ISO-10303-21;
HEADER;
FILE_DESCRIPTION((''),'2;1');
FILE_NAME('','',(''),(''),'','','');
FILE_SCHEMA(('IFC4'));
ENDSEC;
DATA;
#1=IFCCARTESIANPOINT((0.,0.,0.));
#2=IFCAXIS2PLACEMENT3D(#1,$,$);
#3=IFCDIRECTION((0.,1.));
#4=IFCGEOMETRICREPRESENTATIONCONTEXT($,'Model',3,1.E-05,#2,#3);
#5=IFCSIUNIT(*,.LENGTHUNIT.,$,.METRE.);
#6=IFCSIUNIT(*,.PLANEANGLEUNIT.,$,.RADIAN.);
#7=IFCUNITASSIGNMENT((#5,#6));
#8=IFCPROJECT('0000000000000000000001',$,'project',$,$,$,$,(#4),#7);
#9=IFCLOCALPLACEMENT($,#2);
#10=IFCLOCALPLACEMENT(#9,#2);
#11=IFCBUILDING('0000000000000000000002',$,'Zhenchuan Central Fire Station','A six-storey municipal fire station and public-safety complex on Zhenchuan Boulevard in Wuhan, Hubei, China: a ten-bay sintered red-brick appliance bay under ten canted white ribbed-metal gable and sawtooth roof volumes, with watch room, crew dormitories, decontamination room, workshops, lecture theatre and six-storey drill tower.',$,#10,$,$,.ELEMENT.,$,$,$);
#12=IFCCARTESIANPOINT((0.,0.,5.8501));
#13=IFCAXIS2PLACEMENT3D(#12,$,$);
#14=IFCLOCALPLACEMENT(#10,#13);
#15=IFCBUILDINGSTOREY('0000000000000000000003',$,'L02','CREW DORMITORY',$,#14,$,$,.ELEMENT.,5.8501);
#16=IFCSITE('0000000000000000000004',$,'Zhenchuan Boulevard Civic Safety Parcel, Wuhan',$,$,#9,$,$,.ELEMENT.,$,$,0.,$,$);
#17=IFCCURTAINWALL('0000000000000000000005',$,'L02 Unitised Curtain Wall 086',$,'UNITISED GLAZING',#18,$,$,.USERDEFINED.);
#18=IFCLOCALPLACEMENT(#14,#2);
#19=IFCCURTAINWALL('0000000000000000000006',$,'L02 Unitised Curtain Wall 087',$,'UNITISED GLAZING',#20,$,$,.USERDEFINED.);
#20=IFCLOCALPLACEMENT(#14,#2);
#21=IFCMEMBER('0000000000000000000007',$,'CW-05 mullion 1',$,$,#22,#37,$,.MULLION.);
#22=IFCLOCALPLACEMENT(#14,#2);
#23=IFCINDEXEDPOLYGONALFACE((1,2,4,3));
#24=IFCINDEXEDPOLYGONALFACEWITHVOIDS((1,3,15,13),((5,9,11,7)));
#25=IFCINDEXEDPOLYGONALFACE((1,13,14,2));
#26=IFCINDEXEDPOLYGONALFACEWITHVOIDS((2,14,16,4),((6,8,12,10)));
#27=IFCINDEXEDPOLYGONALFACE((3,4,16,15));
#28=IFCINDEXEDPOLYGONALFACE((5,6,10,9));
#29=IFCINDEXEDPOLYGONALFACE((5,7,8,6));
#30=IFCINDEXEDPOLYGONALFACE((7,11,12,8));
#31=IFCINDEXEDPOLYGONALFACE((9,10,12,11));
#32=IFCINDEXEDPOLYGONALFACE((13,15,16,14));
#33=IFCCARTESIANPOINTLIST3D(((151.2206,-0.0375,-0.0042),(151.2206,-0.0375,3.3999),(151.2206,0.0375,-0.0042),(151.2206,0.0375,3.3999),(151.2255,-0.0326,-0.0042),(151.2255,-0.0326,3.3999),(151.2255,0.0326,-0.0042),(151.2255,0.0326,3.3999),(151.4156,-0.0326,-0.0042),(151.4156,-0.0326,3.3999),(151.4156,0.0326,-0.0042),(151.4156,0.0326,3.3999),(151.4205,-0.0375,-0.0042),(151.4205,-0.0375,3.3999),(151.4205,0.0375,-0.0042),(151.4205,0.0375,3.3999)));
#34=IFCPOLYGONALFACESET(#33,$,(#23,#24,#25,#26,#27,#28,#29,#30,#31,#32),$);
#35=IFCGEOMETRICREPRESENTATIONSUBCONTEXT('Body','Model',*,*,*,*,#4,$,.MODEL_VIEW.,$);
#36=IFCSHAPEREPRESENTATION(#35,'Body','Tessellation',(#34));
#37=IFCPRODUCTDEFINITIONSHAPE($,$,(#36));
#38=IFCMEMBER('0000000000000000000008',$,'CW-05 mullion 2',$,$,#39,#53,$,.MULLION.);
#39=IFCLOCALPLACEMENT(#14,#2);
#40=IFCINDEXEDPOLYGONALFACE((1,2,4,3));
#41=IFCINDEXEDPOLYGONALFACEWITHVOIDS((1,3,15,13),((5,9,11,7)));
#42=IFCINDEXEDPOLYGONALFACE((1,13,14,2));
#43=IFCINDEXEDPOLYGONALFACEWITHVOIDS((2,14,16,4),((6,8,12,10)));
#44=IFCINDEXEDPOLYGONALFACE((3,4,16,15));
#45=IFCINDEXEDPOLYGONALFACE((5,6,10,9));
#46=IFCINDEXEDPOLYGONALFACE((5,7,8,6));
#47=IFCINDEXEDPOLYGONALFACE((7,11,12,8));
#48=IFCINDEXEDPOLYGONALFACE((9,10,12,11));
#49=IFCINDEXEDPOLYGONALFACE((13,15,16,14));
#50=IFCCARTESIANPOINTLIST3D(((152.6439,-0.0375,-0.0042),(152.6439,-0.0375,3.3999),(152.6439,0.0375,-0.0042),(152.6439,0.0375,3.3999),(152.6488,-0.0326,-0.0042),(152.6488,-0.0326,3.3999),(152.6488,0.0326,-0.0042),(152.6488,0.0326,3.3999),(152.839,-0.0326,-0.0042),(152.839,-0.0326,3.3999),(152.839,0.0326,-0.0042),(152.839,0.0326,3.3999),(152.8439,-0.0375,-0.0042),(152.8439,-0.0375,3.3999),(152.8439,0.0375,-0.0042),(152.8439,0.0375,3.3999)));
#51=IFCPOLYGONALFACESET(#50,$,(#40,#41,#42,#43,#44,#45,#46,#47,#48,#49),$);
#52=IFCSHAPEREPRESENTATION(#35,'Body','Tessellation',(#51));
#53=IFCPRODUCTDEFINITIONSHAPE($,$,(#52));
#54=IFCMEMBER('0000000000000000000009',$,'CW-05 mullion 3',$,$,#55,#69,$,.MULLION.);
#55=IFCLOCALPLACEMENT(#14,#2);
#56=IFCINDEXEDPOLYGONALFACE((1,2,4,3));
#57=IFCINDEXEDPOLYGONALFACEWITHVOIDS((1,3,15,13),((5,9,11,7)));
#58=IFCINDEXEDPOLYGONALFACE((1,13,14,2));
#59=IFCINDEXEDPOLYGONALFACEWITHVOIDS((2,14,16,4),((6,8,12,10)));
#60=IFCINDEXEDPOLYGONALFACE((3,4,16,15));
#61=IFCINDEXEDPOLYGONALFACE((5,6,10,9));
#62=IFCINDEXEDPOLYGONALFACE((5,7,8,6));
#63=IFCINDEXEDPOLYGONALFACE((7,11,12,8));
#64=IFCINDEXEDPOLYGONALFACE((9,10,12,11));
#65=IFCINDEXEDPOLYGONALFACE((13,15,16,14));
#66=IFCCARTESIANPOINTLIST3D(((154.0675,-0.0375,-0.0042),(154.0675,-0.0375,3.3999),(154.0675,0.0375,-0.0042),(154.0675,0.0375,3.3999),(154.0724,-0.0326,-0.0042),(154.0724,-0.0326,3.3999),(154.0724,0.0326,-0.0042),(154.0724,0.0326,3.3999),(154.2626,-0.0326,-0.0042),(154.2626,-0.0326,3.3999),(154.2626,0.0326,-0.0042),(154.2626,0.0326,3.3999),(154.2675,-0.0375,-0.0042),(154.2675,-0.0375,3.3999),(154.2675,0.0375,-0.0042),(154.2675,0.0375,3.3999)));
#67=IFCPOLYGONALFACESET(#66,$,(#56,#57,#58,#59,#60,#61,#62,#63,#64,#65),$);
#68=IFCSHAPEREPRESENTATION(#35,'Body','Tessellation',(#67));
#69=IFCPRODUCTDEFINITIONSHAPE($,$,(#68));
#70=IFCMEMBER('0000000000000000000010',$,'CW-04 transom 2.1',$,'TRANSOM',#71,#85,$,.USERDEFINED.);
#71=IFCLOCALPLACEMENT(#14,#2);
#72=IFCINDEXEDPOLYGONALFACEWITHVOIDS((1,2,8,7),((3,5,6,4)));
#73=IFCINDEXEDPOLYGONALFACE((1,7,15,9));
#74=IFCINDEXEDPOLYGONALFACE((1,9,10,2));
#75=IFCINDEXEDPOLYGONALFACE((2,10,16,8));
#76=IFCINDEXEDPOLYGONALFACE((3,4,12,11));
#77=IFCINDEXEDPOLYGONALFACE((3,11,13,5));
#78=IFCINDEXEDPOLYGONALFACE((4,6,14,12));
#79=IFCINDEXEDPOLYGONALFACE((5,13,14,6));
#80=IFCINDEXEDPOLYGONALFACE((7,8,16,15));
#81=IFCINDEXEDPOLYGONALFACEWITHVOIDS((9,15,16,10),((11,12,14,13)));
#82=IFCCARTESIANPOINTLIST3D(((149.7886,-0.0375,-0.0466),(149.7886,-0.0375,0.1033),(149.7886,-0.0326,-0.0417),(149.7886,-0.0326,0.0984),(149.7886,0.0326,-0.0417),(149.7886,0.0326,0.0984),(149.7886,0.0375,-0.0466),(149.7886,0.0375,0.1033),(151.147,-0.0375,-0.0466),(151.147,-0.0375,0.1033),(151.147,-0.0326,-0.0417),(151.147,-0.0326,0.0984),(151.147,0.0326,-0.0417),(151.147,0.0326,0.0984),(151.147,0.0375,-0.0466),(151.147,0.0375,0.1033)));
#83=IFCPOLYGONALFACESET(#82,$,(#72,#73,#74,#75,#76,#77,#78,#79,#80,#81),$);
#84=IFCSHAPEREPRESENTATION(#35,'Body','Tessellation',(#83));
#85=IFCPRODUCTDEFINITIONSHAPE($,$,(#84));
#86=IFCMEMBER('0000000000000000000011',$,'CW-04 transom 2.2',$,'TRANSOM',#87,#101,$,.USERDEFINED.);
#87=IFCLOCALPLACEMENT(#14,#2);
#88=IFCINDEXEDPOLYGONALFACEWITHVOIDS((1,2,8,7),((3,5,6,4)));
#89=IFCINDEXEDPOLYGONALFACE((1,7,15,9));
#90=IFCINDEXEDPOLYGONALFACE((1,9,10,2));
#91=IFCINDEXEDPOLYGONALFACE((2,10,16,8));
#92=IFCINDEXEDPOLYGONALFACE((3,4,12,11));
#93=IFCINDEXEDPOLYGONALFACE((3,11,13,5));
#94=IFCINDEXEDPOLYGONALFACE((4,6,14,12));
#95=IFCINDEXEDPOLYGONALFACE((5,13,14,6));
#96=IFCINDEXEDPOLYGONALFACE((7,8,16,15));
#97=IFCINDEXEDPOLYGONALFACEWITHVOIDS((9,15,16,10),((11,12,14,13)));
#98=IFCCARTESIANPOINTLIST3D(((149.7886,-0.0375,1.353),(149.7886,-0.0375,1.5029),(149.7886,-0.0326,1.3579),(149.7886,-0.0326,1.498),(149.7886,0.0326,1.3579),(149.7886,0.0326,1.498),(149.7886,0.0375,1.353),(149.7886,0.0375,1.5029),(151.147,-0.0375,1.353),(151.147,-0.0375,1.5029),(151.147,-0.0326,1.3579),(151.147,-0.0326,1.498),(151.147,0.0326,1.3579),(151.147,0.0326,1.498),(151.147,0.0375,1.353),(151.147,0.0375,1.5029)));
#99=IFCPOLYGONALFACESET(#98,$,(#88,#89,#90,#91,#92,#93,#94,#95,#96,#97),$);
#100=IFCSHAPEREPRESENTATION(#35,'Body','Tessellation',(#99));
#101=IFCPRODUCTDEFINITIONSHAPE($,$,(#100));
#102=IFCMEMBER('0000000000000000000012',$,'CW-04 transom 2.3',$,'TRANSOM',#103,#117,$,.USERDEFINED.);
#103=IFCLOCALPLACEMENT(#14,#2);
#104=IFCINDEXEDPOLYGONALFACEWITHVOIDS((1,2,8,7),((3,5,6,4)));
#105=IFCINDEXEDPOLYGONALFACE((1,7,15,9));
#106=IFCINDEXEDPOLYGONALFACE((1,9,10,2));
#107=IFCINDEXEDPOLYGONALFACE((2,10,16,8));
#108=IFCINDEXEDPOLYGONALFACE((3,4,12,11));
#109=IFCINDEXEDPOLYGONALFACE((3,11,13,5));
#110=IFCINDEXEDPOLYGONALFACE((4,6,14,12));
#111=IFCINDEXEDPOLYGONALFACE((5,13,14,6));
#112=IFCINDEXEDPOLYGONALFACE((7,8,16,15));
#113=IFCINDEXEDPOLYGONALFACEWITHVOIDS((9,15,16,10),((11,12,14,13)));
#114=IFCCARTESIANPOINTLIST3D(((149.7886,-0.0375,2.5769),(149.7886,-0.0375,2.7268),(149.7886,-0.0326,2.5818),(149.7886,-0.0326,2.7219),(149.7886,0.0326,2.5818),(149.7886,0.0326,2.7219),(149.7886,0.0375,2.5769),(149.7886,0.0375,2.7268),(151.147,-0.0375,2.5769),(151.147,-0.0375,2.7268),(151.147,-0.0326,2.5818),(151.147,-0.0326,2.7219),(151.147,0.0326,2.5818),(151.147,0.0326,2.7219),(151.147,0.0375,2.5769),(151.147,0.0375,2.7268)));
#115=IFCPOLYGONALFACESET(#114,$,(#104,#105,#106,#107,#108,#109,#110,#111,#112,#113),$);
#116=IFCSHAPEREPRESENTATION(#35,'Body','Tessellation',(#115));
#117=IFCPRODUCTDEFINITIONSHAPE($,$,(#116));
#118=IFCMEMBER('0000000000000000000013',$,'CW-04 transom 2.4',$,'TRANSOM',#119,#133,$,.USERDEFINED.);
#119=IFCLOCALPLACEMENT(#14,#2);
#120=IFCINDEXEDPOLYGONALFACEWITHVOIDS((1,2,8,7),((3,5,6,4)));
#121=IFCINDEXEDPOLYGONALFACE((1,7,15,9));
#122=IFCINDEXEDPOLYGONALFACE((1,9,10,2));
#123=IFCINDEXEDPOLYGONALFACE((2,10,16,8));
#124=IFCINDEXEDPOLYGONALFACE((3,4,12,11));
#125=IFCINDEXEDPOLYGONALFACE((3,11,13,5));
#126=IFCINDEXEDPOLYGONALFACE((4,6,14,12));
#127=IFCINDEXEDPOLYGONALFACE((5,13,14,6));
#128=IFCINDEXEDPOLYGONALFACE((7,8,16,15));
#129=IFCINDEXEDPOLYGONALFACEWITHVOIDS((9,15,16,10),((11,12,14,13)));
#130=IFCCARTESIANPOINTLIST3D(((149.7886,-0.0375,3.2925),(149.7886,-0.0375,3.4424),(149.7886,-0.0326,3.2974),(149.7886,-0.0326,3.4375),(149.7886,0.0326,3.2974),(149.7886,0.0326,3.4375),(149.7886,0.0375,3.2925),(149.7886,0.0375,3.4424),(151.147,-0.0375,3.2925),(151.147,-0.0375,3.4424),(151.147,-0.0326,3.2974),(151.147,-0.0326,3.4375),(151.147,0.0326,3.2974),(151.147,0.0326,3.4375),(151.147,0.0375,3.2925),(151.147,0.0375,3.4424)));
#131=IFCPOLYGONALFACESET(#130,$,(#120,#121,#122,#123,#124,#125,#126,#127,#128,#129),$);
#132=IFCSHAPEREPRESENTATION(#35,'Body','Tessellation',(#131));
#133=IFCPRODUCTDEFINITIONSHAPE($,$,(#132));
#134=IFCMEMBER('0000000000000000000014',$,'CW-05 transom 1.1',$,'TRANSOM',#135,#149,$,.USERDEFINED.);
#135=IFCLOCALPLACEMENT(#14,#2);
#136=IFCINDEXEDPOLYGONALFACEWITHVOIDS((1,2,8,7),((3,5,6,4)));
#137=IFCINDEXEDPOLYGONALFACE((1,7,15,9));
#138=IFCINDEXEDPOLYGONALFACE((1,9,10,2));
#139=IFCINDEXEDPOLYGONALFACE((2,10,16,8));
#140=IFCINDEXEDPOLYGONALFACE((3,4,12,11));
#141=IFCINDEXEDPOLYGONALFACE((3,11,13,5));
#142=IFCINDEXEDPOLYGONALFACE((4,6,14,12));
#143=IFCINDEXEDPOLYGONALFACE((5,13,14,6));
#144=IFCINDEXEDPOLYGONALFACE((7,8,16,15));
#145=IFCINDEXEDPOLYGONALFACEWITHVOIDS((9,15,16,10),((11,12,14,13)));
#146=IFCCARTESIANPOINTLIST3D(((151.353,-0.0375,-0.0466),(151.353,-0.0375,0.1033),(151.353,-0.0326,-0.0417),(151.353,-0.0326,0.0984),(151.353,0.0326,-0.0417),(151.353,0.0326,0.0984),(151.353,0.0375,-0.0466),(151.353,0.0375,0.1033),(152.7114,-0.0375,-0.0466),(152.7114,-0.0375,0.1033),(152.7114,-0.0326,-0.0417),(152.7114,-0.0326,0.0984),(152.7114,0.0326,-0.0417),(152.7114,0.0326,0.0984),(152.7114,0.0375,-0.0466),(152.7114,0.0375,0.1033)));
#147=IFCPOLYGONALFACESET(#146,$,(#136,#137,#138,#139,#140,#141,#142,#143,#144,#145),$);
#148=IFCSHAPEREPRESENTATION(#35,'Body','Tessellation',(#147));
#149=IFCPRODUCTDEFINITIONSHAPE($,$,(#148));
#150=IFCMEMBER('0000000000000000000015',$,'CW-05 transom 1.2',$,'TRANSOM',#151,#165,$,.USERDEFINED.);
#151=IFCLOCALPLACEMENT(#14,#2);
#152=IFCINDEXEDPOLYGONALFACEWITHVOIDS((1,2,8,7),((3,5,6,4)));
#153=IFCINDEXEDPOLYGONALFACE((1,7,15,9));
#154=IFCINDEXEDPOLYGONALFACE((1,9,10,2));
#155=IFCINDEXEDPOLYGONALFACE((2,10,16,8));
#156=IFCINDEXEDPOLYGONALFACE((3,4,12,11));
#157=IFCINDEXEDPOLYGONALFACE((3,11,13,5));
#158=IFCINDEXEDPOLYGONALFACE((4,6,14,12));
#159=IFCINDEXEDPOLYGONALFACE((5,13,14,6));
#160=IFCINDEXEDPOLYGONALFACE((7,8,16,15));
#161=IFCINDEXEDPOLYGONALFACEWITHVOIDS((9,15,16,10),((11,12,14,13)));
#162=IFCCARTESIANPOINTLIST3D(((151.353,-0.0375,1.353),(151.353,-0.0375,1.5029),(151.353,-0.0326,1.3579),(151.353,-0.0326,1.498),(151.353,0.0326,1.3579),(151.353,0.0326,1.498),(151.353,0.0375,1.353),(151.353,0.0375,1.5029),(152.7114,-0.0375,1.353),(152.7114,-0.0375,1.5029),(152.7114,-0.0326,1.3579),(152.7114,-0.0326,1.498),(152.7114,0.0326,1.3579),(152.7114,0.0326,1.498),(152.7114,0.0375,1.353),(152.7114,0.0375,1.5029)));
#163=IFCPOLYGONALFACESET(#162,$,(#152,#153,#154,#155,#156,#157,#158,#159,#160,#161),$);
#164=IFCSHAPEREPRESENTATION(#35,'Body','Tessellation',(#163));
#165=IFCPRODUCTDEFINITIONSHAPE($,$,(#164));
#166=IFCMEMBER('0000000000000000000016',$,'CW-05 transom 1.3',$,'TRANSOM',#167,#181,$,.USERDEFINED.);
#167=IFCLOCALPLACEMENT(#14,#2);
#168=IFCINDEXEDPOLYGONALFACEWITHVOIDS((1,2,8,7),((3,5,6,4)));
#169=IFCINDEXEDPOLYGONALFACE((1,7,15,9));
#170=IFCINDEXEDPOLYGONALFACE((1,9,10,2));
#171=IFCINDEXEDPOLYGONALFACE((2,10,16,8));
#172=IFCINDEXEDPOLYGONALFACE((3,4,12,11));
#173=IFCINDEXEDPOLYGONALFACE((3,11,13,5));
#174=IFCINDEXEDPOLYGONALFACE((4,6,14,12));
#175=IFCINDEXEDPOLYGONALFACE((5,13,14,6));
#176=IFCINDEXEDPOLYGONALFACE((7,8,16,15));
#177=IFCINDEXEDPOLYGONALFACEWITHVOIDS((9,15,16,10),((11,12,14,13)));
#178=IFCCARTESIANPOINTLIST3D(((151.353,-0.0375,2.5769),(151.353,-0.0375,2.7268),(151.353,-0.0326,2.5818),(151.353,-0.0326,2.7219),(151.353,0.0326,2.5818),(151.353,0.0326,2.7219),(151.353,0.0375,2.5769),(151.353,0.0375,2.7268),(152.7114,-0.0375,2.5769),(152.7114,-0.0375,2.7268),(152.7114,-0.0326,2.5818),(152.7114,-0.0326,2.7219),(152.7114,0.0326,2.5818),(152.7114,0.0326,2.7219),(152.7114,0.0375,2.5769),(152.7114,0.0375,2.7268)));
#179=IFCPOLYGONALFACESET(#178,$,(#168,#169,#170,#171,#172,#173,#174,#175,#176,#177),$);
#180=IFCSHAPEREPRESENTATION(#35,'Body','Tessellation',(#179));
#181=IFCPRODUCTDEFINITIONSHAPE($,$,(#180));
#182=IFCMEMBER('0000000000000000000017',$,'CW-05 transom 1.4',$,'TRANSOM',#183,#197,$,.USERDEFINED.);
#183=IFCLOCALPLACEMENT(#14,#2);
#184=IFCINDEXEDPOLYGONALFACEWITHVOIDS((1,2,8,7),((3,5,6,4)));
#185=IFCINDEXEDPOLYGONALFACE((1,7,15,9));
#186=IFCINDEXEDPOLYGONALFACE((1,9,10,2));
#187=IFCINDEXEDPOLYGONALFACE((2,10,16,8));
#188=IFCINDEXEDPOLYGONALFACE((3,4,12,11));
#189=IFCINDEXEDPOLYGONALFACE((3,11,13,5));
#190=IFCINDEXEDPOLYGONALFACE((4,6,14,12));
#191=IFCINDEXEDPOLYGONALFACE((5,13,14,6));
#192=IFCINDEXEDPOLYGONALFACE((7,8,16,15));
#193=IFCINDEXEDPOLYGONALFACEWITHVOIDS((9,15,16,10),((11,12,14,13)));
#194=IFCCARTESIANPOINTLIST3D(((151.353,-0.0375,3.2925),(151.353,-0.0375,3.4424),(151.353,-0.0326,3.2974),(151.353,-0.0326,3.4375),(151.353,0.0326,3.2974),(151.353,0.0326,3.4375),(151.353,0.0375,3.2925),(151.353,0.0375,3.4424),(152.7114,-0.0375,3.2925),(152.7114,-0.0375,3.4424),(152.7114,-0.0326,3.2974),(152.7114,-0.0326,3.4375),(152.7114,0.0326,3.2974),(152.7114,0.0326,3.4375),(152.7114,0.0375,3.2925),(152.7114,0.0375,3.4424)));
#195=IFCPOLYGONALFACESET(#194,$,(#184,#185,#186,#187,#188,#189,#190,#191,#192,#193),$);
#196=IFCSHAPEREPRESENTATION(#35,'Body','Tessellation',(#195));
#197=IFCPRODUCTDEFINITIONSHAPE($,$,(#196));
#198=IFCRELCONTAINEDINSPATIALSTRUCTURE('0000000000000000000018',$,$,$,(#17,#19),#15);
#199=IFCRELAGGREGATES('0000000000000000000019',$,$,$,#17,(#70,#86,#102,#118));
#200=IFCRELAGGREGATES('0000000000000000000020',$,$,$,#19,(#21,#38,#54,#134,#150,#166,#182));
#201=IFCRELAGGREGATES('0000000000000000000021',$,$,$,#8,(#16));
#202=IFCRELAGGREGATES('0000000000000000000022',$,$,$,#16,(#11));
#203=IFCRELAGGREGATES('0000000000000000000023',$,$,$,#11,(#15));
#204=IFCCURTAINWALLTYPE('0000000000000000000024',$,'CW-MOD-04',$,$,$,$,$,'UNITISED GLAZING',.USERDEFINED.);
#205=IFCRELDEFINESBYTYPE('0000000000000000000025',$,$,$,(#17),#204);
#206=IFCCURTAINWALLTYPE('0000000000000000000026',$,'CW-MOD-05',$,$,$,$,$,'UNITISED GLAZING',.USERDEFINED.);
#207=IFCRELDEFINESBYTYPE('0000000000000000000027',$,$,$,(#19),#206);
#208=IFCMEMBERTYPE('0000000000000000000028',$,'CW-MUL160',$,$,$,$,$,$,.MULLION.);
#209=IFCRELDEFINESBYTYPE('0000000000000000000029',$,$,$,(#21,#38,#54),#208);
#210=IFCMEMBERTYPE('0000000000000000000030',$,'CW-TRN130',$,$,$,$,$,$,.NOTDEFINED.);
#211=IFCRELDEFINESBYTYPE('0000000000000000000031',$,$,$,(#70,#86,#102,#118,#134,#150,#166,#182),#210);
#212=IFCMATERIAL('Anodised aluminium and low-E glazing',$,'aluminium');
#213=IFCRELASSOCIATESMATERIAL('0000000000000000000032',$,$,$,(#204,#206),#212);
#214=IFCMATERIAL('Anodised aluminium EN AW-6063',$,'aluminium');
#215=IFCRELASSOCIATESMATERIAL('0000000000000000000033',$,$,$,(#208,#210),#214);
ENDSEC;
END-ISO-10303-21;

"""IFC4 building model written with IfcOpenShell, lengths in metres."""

from ifc_helpers import new_model, si_unit, direction, frame, origin, origin_2d, place, context, subcontext, project, spatial, hollow_rectangle, extrude, material, material_profile, profile_set, type_object, element, aggregate, save


model = new_model("IFC4")

# Units and contexts
model_context = context("Model", 3, precision=1e-05, world=origin(), true_north=direction((0.0, 1.0)))
body_context = subcontext(model_context, "Body", "Model", "MODEL_VIEW")
ifc_project = project(units=[si_unit("LENGTHUNIT", "METRE"), si_unit("PLANEANGLEUNIT", "RADIAN")], contexts=[model_context])

# Site, building, storey
site_placement = place(None, origin())
site = spatial("IfcSite", under=ifc_project, at=site_placement, Name="Zhenchuan Boulevard Civic Safety Parcel, Wuhan", CompositionType="ELEMENT", RefElevation=0.0)
building_placement = place(site_placement, origin())
building = spatial("IfcBuilding", under=site, at=building_placement, Name="Zhenchuan Central Fire Station", Description="A six-storey municipal fire station and public-safety complex on Zhenchuan Boulevard in Wuhan, Hubei, China: a ten-bay sintered red-brick appliance bay under ten canted white ribbed-metal gable and sawtooth roof volumes, with watch room, crew dormitories, decontamination room, workshops, lecture theatre and six-storey drill tower.", CompositionType="ELEMENT")
storey_placement = place(building_placement, frame((0.0, 0.0, 5.8501)))
storey = spatial("IfcBuildingStorey", under=building, at=storey_placement, Name="L02", Description="CREW DORMITORY", CompositionType="ELEMENT", Elevation=5.8501)

# Curtain walls, members
ifc_material_1 = material(Name="Anodised aluminium and low-E glazing", Category="aluminium")
curtain_wall_type_1 = type_object("IfcCurtainWallType", Name="CW-MOD-04", ElementType="UNITISED GLAZING", PredefinedType="USERDEFINED", material=ifc_material_1)
curtain_wall_1_placement = place(storey_placement, origin())
curtain_wall_1 = element("IfcCurtainWall", 1, at=curtain_wall_1_placement, inside=storey, type_object=curtain_wall_type_1, Name="L02 Unitised Curtain Wall 086", ObjectType="UNITISED GLAZING", PredefinedType="USERDEFINED")
ifc_material_2 = material(Name="Anodised aluminium EN AW-6063", Category="aluminium")
ifc_material_profile_1 = material_profile(ifc_material_2, hollow_rectangle(XDim=0.075, YDim=0.2, WallThickness=0.0049, at=origin_2d()), Name="ALU-M 200x75")
ifc_profile_set_1 = profile_set([ifc_material_profile_1], Name="Anodised aluminium EN AW-6063")
member_type_1 = type_object("IfcMemberType", Name="CW-MUL160", PredefinedType="MULLION", material=ifc_profile_set_1)
curtain_wall_type_2 = type_object("IfcCurtainWallType", Name="CW-MOD-05", ElementType="UNITISED GLAZING", PredefinedType="USERDEFINED", material=ifc_material_1)
curtain_wall_2_placement = place(storey_placement, origin())
curtain_wall_2 = element("IfcCurtainWall", 2, at=curtain_wall_2_placement, inside=storey, type_object=curtain_wall_type_2, Name="L02 Unitised Curtain Wall 087", ObjectType="UNITISED GLAZING", PredefinedType="USERDEFINED")
member_1_placement = place(storey_placement, frame((151.3206, 0.0, -0.0042), z_axis=(0.0, 0.0, 1.0), x_axis=(0.0, 1.0, 0.0)))
member_1 = element("IfcMember", 3, at=member_1_placement, type_object=member_type_1, Name="CW-05 mullion 1", PredefinedType="MULLION", context=body_context, shape_type="SweptSolid", body=[
    extrude(hollow_rectangle(XDim=0.075, YDim=0.2, WallThickness=0.0049, at=origin_2d()), origin(), (0.0, 0.0, 1.0), 3.4041),
])
member_2_placement = place(storey_placement, frame((152.7439, 0.0, -0.0042), z_axis=(0.0, 0.0, 1.0), x_axis=(0.0, 1.0, 0.0)))
member_2 = element("IfcMember", 4, at=member_2_placement, type_object=member_type_1, Name="CW-05 mullion 2", PredefinedType="MULLION", context=body_context, shape_type="SweptSolid", body=[
    extrude(hollow_rectangle(XDim=0.075, YDim=0.2, WallThickness=0.0049, at=origin_2d()), origin(), (0.0, 0.0, 1.0), 3.4041),
])
member_3_placement = place(storey_placement, frame((154.1675, 0.0, -0.0042), z_axis=(0.0, 0.0, 1.0), x_axis=(0.0, 1.0, 0.0)))
member_3 = element("IfcMember", 5, at=member_3_placement, type_object=member_type_1, Name="CW-05 mullion 3", PredefinedType="MULLION", context=body_context, shape_type="SweptSolid", body=[
    extrude(hollow_rectangle(XDim=0.075, YDim=0.2, WallThickness=0.0049, at=origin_2d()), origin(), (0.0, 0.0, 1.0), 3.4041),
])

# Members
ifc_material_profile_2 = material_profile(ifc_material_2, hollow_rectangle(XDim=0.075, YDim=0.1499, WallThickness=0.0049, at=origin_2d()), Name="ALU-T 150x75")
ifc_profile_set_2 = profile_set([ifc_material_profile_2], Name="Anodised aluminium EN AW-6063")
member_type_2 = type_object("IfcMemberType", Name="CW-TRN130", PredefinedType="NOTDEFINED", material=ifc_profile_set_2)
member_4_placement = place(storey_placement, frame((149.7886, 0.0, 0.0283), z_axis=(1.0, 0.0, 0.0), x_axis=(0.0, 1.0, 0.0)))
member_4 = element("IfcMember", 6, at=member_4_placement, type_object=member_type_2, Name="CW-04 transom 2.1", ObjectType="TRANSOM", PredefinedType="USERDEFINED", context=body_context, shape_type="SweptSolid", body=[
    extrude(hollow_rectangle(XDim=0.075, YDim=0.1499, WallThickness=0.0049, at=origin_2d()), origin(), (0.0, 0.0, 1.0), 1.3584),
])
member_5_placement = place(storey_placement, frame((149.7886, 0.0, 1.428), z_axis=(1.0, 0.0, 0.0), x_axis=(0.0, 1.0, 0.0)))
member_5 = element("IfcMember", 7, at=member_5_placement, type_object=member_type_2, Name="CW-04 transom 2.2", ObjectType="TRANSOM", PredefinedType="USERDEFINED", context=body_context, shape_type="SweptSolid", body=[
    extrude(hollow_rectangle(XDim=0.075, YDim=0.1499, WallThickness=0.0049, at=origin_2d()), origin(), (0.0, 0.0, 1.0), 1.3584),
])
member_6_placement = place(storey_placement, frame((149.7886, 0.0, 2.6519), z_axis=(1.0, 0.0, 0.0), x_axis=(0.0, 1.0, 0.0)))
member_6 = element("IfcMember", 8, at=member_6_placement, type_object=member_type_2, Name="CW-04 transom 2.3", ObjectType="TRANSOM", PredefinedType="USERDEFINED", context=body_context, shape_type="SweptSolid", body=[
    extrude(hollow_rectangle(XDim=0.075, YDim=0.1499, WallThickness=0.0049, at=origin_2d()), origin(), (0.0, 0.0, 1.0), 1.3584),
])
member_7_placement = place(storey_placement, frame((149.7886, 0.0, 3.3674), z_axis=(1.0, 0.0, 0.0), x_axis=(0.0, 1.0, 0.0)))
member_7 = element("IfcMember", 9, at=member_7_placement, type_object=member_type_2, Name="CW-04 transom 2.4", ObjectType="TRANSOM", PredefinedType="USERDEFINED", context=body_context, shape_type="SweptSolid", body=[
    extrude(hollow_rectangle(XDim=0.075, YDim=0.1499, WallThickness=0.0049, at=origin_2d()), origin(), (0.0, 0.0, 1.0), 1.3584),
])
member_8_placement = place(storey_placement, frame((151.353, 0.0, 0.0283), z_axis=(1.0, 0.0, 0.0), x_axis=(0.0, 1.0, 0.0)))
member_8 = element("IfcMember", 10, at=member_8_placement, type_object=member_type_2, Name="CW-05 transom 1.1", ObjectType="TRANSOM", PredefinedType="USERDEFINED", context=body_context, shape_type="SweptSolid", body=[
    extrude(hollow_rectangle(XDim=0.075, YDim=0.1499, WallThickness=0.0049, at=origin_2d()), origin(), (0.0, 0.0, 1.0), 1.3584),
])
member_9_placement = place(storey_placement, frame((151.353, 0.0, 1.428), z_axis=(1.0, 0.0, 0.0), x_axis=(0.0, 1.0, 0.0)))
member_9 = element("IfcMember", 11, at=member_9_placement, type_object=member_type_2, Name="CW-05 transom 1.2", ObjectType="TRANSOM", PredefinedType="USERDEFINED", context=body_context, shape_type="SweptSolid", body=[
    extrude(hollow_rectangle(XDim=0.075, YDim=0.1499, WallThickness=0.0049, at=origin_2d()), origin(), (0.0, 0.0, 1.0), 1.3584),
])
member_10_placement = place(storey_placement, frame((151.353, 0.0, 2.6519), z_axis=(1.0, 0.0, 0.0), x_axis=(0.0, 1.0, 0.0)))
member_10 = element("IfcMember", 12, at=member_10_placement, type_object=member_type_2, Name="CW-05 transom 1.3", ObjectType="TRANSOM", PredefinedType="USERDEFINED", context=body_context, shape_type="SweptSolid", body=[
    extrude(hollow_rectangle(XDim=0.075, YDim=0.1499, WallThickness=0.0049, at=origin_2d()), origin(), (0.0, 0.0, 1.0), 1.3584),
])
member_11_placement = place(storey_placement, frame((151.353, 0.0, 3.3674), z_axis=(1.0, 0.0, 0.0), x_axis=(0.0, 1.0, 0.0)))
member_11 = element("IfcMember", 13, at=member_11_placement, type_object=member_type_2, Name="CW-05 transom 1.4", ObjectType="TRANSOM", PredefinedType="USERDEFINED", context=body_context, shape_type="SweptSolid", body=[
    extrude(hollow_rectangle(XDim=0.075, YDim=0.1499, WallThickness=0.0049, at=origin_2d()), origin(), (0.0, 0.0, 1.0), 1.3584),
])

aggregate(curtain_wall_1, [member_4, member_5, member_6, member_7])
aggregate(curtain_wall_2, [member_1, member_2, member_3, member_8, member_9, member_10, member_11])

save(model, "model.ifc")
